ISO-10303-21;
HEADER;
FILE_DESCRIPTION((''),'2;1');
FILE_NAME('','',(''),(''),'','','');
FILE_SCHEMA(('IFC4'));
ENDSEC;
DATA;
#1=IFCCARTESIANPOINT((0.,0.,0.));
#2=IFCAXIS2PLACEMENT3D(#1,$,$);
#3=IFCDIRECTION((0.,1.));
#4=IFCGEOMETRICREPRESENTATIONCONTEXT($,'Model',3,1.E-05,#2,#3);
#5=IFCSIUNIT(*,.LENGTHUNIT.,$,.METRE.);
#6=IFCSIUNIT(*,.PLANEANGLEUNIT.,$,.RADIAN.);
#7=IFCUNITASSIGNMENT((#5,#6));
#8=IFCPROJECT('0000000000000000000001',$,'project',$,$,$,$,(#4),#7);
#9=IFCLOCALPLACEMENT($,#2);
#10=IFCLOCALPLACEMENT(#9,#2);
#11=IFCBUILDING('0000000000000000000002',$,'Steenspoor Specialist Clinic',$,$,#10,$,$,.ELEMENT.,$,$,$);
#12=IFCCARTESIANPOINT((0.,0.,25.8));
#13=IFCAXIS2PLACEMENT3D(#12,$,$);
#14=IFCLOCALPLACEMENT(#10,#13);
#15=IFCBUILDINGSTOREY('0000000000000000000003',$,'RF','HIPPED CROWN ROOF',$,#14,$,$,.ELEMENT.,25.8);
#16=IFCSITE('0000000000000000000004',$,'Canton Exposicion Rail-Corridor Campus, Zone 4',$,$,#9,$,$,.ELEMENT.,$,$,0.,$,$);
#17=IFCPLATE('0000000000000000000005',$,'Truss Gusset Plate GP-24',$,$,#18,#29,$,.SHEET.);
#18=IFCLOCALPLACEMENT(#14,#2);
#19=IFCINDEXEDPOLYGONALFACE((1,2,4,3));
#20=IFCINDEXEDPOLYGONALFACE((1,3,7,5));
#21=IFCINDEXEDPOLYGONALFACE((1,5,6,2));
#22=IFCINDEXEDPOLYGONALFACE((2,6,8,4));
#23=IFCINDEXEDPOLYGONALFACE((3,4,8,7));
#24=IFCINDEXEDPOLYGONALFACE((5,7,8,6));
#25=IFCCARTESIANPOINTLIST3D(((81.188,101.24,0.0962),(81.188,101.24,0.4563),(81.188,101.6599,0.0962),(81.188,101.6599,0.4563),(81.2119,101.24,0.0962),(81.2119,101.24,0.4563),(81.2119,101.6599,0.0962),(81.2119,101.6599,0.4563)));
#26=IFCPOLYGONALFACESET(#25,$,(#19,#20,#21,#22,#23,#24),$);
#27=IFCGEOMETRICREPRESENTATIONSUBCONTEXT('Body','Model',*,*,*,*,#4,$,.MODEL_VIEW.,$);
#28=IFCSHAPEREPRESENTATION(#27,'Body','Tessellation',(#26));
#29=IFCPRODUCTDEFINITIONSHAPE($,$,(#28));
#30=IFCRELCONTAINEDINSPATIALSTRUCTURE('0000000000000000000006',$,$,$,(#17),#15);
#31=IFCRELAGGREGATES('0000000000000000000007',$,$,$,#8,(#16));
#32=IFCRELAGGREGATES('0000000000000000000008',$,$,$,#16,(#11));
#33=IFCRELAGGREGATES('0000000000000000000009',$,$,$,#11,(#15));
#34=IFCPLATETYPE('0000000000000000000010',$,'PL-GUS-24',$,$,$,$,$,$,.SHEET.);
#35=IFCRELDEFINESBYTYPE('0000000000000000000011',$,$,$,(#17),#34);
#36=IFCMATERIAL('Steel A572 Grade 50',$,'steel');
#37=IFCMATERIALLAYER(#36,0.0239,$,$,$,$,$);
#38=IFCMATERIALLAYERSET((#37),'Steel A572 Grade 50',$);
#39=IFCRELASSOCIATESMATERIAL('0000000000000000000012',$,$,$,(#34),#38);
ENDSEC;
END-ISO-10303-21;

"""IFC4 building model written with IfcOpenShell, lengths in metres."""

from ifc_helpers import new_model, si_unit, direction, frame, origin, origin_2d, place, context, subcontext, project, spatial, rectangle, extrude, material, layer, layer_set, type_object, element, save


model = new_model("IFC4")

# Units and contexts
model_context = context("Model", 3, precision=1e-05, world=origin(), true_north=direction((0.0, 1.0)))
body_context = subcontext(model_context, "Body", "Model", "MODEL_VIEW")
ifc_project = project(units=[si_unit("LENGTHUNIT", "METRE"), si_unit("PLANEANGLEUNIT", "RADIAN")], contexts=[model_context])

# Site, building, storey
site_placement = place(None, origin())
site = spatial("IfcSite", under=ifc_project, at=site_placement, Name="Canton Exposicion Rail-Corridor Campus, Zone 4", CompositionType="ELEMENT", RefElevation=0.0)
building_placement = place(site_placement, origin())
building = spatial("IfcBuilding", under=site, at=building_placement, Name="Steenspoor Specialist Clinic", CompositionType="ELEMENT")
storey_placement = place(building_placement, frame((0.0, 0.0, 25.8)))
storey = spatial("IfcBuildingStorey", under=building, at=storey_placement, Name="RF", Description="HIPPED CROWN ROOF", CompositionType="ELEMENT", Elevation=25.8)

# Plate
ifc_material_1 = material(Name="Steel A572 Grade 50", Category="steel")
ifc_layer_1 = layer(ifc_material_1, 0.0239)
ifc_layer_set_1 = layer_set([ifc_layer_1], Name="Steel A572 Grade 50")
plate_type_1 = type_object("IfcPlateType", Name="PL-GUS-24", PredefinedType="SHEET", material=ifc_layer_set_1)
plate_1_placement = place(storey_placement, frame((81.2, 101.45, 0.0962), z_axis=(0.0, 0.0, 1.0), x_axis=(1.0, 0.0, 0.0)))
element("IfcPlate", 1, at=plate_1_placement, inside=storey, type_object=plate_type_1, Name="Truss Gusset Plate GP-24", PredefinedType="SHEET", context=body_context, shape_type="SweptSolid", body=[
    extrude(rectangle(XDim=0.0239, YDim=0.4199, at=origin_2d()), origin(), (0.0, 0.0, 1.0), 0.3601),
])

save(model, "model.ifc")
